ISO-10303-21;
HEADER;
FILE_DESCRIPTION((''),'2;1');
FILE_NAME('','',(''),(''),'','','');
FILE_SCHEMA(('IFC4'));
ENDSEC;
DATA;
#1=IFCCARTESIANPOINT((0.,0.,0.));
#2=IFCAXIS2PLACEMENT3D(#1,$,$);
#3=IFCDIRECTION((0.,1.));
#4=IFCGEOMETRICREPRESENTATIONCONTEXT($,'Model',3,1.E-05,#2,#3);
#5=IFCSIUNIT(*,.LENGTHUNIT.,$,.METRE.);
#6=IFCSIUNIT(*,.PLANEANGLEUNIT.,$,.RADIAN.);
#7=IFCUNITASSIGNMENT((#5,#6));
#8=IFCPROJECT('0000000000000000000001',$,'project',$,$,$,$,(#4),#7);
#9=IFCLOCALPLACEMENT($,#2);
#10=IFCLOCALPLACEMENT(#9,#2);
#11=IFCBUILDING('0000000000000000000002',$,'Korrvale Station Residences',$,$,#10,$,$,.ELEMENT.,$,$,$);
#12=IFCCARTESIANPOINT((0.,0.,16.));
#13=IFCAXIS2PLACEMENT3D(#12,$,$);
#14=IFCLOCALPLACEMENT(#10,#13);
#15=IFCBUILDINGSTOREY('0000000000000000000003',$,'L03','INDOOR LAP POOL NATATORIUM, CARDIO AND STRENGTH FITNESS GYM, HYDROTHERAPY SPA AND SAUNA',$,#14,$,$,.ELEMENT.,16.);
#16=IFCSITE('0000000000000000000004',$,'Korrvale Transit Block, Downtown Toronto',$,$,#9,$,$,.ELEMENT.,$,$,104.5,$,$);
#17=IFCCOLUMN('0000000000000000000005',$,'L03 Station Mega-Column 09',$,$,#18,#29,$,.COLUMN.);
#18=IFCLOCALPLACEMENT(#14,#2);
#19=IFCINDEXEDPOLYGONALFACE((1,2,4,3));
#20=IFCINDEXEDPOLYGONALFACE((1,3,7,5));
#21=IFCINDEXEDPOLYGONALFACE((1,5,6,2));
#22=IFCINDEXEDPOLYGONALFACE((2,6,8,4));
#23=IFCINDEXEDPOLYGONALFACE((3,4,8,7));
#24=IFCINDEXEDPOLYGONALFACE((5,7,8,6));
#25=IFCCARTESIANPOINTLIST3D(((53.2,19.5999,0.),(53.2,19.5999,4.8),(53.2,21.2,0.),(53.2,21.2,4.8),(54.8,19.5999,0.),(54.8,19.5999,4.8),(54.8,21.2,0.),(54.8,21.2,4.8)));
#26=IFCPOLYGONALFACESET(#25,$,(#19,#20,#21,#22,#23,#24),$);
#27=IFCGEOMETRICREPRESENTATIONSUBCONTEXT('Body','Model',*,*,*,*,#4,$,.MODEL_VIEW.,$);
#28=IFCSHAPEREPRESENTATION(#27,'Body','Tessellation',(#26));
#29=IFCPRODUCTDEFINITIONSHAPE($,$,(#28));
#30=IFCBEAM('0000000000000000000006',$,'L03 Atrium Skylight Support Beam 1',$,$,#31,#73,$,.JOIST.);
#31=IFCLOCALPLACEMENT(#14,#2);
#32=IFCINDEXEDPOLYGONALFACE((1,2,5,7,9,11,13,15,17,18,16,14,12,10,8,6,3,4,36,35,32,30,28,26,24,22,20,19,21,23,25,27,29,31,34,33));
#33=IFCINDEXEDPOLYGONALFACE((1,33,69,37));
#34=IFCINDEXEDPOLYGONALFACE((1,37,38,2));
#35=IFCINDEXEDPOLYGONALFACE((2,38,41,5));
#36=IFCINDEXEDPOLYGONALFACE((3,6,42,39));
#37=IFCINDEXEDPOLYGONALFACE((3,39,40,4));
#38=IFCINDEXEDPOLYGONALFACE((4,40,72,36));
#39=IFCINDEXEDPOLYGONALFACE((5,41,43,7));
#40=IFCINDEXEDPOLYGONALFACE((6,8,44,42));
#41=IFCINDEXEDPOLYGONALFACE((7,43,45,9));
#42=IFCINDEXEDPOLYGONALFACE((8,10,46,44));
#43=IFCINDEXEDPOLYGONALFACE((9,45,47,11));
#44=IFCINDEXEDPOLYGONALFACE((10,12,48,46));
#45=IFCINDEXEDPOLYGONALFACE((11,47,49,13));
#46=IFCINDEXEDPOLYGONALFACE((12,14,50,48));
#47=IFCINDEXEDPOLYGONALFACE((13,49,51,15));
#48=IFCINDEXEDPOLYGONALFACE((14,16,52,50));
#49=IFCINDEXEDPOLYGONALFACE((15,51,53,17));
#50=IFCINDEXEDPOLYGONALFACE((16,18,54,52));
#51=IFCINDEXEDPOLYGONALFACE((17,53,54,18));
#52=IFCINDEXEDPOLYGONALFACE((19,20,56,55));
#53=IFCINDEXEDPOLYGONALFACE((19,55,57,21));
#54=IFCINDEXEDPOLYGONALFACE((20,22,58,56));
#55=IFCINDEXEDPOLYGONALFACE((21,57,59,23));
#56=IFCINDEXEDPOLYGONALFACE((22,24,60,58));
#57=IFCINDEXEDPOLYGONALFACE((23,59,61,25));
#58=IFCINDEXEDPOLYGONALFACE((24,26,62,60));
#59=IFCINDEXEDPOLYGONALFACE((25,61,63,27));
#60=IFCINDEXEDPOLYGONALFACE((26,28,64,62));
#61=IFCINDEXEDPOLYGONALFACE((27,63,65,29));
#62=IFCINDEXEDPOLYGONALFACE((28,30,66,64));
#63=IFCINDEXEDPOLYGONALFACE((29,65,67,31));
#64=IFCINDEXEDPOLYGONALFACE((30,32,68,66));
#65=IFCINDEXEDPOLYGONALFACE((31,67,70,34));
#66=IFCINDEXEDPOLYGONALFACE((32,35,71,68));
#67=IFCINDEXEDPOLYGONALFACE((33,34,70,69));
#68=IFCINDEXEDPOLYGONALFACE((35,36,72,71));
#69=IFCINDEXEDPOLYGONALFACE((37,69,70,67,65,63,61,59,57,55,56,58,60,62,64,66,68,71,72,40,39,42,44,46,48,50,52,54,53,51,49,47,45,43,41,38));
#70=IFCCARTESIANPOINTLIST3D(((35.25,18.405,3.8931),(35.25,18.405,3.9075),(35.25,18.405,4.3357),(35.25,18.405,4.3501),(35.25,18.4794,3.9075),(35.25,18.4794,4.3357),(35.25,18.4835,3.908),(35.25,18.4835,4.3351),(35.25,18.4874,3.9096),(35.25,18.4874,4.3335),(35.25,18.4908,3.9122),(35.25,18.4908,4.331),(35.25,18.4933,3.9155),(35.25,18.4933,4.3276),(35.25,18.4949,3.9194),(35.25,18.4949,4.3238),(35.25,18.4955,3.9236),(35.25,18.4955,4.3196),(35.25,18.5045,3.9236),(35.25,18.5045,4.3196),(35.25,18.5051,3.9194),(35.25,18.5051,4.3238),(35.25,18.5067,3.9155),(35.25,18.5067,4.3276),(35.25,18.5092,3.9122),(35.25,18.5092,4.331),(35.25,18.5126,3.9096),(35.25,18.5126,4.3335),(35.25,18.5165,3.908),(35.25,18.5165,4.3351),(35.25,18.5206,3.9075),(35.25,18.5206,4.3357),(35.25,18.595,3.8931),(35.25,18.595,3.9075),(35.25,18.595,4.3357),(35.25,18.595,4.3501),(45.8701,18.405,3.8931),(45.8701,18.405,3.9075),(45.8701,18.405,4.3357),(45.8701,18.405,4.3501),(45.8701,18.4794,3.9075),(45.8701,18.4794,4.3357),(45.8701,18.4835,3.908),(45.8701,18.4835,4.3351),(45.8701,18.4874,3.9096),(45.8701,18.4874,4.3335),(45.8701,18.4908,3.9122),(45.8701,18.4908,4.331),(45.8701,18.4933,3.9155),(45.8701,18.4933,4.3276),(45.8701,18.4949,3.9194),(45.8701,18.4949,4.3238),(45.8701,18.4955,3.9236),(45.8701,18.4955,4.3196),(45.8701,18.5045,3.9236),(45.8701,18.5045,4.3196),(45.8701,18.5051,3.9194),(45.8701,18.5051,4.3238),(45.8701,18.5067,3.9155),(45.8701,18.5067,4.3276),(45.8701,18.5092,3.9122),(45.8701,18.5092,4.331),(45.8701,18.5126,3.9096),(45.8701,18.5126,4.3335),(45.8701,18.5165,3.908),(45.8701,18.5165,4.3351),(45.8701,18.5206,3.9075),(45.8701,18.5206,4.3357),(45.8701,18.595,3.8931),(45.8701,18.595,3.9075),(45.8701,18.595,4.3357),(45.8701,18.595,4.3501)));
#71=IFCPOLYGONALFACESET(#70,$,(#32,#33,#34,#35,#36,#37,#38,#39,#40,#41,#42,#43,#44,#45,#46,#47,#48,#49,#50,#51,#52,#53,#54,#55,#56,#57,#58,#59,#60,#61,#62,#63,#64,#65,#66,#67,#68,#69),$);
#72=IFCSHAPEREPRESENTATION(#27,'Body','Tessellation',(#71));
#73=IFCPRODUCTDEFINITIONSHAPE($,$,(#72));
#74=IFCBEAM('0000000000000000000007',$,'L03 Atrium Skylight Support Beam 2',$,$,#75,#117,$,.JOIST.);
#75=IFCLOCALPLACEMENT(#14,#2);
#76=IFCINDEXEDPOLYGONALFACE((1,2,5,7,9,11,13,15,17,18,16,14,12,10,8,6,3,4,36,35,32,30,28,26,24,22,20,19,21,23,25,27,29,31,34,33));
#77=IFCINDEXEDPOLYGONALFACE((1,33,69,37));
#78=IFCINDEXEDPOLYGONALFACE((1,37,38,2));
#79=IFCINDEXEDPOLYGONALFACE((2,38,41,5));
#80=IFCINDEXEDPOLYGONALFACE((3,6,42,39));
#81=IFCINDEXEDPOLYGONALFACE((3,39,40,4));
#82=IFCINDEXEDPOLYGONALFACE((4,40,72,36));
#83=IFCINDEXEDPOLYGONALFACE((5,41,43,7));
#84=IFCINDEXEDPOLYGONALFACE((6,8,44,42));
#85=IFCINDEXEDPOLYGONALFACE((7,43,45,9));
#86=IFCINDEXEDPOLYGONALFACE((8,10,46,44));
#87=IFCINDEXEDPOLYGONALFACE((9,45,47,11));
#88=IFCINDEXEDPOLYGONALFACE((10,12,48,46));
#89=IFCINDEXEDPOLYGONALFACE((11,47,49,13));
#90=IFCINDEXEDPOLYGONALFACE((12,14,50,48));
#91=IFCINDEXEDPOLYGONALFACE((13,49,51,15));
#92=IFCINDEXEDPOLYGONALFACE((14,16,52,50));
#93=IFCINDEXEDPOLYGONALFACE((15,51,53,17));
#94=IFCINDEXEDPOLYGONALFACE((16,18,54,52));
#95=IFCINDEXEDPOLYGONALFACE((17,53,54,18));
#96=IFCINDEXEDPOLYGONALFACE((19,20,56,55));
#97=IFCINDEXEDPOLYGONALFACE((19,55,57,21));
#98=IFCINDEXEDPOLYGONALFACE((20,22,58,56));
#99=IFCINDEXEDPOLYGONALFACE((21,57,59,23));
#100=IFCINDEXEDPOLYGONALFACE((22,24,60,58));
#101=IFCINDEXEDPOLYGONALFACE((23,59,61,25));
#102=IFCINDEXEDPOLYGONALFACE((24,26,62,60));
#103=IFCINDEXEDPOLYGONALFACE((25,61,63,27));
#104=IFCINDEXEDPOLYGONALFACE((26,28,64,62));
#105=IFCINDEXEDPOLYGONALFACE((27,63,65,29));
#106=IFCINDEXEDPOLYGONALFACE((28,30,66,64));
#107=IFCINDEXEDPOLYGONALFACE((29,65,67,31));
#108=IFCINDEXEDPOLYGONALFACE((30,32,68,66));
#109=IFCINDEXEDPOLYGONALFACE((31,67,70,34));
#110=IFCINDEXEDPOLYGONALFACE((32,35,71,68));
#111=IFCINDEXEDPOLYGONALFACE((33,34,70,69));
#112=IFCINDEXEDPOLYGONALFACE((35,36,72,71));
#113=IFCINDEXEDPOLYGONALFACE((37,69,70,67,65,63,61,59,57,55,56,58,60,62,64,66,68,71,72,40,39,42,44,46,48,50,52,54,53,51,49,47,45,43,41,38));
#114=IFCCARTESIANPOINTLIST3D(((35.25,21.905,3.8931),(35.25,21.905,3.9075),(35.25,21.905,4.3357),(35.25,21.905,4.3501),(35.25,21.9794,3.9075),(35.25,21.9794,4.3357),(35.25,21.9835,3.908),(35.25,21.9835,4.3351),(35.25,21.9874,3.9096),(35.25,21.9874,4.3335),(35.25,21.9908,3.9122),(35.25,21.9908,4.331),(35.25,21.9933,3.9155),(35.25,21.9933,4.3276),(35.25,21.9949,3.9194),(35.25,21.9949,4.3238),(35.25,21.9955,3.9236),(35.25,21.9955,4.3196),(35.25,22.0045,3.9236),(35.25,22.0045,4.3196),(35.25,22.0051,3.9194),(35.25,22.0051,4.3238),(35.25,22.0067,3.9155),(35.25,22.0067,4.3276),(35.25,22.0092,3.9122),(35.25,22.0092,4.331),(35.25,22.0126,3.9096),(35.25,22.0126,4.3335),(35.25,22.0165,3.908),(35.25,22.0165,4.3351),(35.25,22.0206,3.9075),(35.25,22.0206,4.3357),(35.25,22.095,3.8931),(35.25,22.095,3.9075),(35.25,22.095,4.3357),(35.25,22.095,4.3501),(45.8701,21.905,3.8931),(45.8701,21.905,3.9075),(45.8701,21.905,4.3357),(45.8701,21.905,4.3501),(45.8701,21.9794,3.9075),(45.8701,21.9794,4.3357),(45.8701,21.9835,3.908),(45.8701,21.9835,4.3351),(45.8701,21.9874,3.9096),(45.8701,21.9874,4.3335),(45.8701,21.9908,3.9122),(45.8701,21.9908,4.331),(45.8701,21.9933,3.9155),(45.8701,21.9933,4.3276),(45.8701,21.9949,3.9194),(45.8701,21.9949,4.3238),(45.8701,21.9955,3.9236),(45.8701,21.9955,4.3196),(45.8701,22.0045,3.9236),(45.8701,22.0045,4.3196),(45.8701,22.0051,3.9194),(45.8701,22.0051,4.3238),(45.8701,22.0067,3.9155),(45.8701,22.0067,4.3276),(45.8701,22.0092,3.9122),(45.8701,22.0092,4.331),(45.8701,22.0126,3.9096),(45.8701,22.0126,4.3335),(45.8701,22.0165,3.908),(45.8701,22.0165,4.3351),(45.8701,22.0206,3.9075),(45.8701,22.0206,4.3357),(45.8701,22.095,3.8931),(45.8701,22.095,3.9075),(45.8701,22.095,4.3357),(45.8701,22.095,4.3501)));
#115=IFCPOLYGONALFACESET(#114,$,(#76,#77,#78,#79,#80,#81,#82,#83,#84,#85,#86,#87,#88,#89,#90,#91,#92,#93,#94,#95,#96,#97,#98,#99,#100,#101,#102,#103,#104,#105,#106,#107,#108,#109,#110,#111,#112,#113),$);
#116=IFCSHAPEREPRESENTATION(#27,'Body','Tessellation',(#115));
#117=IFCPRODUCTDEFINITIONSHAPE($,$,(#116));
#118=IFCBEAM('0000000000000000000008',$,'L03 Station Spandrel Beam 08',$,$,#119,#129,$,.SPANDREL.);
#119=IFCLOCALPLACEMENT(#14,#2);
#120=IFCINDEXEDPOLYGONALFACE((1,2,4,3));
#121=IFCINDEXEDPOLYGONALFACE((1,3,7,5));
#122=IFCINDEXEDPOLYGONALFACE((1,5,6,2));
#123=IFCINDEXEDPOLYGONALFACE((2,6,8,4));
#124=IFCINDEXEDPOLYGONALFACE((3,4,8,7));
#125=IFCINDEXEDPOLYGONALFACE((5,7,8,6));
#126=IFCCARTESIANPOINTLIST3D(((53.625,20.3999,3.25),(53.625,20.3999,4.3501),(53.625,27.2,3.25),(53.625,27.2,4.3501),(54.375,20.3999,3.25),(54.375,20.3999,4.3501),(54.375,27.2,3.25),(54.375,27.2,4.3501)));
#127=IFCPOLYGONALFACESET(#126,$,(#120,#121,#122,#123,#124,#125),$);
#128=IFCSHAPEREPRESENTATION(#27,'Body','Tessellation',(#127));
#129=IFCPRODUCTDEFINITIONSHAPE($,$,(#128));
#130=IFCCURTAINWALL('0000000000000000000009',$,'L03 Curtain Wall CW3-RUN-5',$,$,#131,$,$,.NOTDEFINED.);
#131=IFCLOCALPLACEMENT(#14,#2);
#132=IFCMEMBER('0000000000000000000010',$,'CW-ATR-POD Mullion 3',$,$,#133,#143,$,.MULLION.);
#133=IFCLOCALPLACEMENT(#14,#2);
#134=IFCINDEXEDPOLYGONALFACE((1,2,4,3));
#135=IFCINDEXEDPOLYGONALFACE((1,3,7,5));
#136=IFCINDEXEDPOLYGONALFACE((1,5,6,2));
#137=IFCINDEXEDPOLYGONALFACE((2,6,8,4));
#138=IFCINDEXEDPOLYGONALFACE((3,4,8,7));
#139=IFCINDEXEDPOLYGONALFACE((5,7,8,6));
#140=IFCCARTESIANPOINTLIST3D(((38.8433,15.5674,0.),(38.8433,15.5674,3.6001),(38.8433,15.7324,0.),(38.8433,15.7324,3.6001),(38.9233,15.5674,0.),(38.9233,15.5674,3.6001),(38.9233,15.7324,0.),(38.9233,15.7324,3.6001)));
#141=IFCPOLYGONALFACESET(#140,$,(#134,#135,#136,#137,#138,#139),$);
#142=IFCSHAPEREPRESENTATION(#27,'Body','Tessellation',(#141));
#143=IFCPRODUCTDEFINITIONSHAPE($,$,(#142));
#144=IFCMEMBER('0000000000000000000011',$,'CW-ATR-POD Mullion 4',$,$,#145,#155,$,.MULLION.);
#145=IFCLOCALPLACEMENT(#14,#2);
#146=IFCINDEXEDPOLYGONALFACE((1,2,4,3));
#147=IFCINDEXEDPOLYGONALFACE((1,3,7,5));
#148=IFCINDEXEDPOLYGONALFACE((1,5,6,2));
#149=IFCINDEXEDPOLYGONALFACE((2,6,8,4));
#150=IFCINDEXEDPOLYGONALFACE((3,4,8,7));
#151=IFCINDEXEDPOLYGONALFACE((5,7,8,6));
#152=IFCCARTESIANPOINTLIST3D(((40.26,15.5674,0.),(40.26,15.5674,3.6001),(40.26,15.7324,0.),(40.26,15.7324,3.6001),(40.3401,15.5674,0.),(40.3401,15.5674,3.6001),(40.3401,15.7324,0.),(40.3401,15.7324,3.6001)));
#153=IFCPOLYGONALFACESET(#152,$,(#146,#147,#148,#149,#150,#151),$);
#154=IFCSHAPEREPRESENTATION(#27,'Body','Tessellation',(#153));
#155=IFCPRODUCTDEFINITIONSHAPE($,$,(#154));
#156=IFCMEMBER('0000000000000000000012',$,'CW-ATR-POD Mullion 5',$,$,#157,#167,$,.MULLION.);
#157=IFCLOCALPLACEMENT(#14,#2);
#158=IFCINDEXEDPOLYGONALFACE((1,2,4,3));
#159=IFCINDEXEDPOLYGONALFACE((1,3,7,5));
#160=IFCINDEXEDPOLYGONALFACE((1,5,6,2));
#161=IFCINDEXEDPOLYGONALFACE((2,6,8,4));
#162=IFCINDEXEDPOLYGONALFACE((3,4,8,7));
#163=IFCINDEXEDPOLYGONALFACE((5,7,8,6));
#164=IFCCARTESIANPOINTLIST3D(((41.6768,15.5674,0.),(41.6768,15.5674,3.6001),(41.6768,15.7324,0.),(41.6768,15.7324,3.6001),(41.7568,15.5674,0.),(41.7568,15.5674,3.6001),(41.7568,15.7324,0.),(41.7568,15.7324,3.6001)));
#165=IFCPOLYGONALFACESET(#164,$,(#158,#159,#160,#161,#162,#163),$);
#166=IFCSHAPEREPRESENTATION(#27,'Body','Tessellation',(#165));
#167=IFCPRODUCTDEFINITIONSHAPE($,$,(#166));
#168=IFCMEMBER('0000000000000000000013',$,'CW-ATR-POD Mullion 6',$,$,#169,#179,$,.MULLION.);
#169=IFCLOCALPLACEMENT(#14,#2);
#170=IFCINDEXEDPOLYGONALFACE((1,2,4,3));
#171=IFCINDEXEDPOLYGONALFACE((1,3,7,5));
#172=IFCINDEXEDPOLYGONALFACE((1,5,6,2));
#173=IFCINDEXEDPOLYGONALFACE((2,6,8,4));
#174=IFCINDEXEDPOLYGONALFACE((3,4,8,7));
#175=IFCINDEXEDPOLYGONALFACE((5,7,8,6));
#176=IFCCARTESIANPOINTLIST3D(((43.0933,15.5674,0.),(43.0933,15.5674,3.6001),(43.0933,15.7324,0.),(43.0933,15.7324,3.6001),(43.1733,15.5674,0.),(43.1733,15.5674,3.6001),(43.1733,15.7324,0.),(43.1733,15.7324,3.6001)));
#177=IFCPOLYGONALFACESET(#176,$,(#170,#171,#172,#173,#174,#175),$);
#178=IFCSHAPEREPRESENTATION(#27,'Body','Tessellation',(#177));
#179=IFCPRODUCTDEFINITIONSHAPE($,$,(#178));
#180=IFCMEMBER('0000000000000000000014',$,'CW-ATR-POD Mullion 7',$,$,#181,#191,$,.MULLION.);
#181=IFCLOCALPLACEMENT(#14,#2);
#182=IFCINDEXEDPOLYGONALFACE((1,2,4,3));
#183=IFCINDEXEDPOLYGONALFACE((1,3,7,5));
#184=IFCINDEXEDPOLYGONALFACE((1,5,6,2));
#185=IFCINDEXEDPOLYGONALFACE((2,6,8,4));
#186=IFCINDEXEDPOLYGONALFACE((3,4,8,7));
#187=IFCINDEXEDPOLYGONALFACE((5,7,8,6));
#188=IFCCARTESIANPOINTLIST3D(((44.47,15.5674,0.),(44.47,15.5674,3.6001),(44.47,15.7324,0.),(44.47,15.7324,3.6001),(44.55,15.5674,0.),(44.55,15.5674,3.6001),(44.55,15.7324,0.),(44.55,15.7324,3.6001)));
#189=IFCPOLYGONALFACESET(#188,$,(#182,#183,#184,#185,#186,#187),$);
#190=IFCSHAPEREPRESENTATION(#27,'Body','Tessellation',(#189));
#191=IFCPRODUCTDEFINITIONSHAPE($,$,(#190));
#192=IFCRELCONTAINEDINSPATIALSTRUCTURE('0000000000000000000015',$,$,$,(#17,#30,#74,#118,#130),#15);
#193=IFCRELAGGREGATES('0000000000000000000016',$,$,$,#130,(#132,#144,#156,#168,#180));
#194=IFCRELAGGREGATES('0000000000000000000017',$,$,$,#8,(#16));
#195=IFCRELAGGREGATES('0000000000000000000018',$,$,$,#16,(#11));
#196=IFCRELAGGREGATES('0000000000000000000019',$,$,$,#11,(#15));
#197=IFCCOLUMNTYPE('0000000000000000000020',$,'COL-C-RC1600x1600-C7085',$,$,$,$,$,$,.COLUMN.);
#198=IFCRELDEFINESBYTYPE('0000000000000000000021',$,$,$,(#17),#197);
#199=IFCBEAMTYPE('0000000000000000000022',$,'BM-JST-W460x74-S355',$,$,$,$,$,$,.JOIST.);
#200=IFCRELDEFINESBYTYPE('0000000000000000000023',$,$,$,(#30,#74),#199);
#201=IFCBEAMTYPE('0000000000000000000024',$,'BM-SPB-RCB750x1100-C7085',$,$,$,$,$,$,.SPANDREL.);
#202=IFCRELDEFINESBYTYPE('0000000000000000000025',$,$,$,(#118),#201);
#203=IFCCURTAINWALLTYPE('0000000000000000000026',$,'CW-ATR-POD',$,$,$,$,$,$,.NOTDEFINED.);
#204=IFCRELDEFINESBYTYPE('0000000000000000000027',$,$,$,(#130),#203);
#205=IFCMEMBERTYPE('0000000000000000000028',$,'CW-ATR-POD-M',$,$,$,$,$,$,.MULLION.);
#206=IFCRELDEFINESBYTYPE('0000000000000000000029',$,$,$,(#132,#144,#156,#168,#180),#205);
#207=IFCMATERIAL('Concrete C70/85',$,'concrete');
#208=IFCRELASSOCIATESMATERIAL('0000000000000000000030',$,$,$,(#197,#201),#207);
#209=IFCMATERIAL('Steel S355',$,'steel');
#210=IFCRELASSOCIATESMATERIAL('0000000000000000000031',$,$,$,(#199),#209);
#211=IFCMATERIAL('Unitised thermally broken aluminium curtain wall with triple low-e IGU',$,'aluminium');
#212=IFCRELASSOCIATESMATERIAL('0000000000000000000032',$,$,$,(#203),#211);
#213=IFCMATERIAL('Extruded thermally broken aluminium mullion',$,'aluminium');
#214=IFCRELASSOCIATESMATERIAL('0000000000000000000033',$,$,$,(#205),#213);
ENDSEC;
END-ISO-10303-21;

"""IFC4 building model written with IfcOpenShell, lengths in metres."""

from ifc_helpers import new_model, si_unit, direction, frame, origin, origin_2d, place, context, subcontext, project, spatial, rectangle, i_section, extrude, material, material_profile, profile_set, type_object, element, aggregate, save


model = new_model("IFC4")

# Units and contexts
model_context = context("Model", 3, precision=1e-05, world=origin(), true_north=direction((0.0, 1.0)))
body_context = subcontext(model_context, "Body", "Model", "MODEL_VIEW")
ifc_project = project(units=[si_unit("LENGTHUNIT", "METRE"), si_unit("PLANEANGLEUNIT", "RADIAN")], contexts=[model_context])

# Site, building, storey
site_placement = place(None, origin())
site = spatial("IfcSite", under=ifc_project, at=site_placement, Name="Korrvale Transit Block, Downtown Toronto", CompositionType="ELEMENT", RefElevation=104.5)
building_placement = place(site_placement, origin())
building = spatial("IfcBuilding", under=site, at=building_placement, Name="Korrvale Station Residences", CompositionType="ELEMENT")
storey_placement = place(building_placement, frame((0.0, 0.0, 16.0)))
storey = spatial("IfcBuildingStorey", under=building, at=storey_placement, Name="L03", Description="INDOOR LAP POOL NATATORIUM, CARDIO AND STRENGTH FITNESS GYM, HYDROTHERAPY SPA AND SAUNA", CompositionType="ELEMENT", Elevation=16.0)

# Column
ifc_material_1 = material(Name="Concrete C70/85", Category="concrete")
ifc_material_profile_1 = material_profile(ifc_material_1, rectangle(XDim=1.6001, YDim=1.6001, at=origin_2d()), Name="RC1600x1600")
ifc_profile_set_1 = profile_set([ifc_material_profile_1], Name="Concrete C70/85")
column_type = type_object("IfcColumnType", Name="COL-C-RC1600x1600-C7085", PredefinedType="COLUMN", material=ifc_profile_set_1)
column_placement = place(storey_placement, frame((54.0, 20.3999, 0.0), z_axis=(0.0, 0.0, 1.0), x_axis=(1.0, 0.0, 0.0)))
element("IfcColumn", 1, at=column_placement, inside=storey, type_object=column_type, Name="L03 Station Mega-Column 09", PredefinedType="COLUMN", context=body_context, shape_type="SweptSolid", body=[
    extrude(rectangle(XDim=1.6001, YDim=1.6001, at=origin_2d()), origin(), (0.0, 0.0, 1.0), 4.8),
])

# Beams
ifc_material_2 = material(Name="Steel S355", Category="steel")
ifc_material_profile_2 = material_profile(ifc_material_2, i_section(OverallWidth=0.1899, OverallDepth=0.457, WebThickness=0.009, FlangeThickness=0.0144, FilletRadius=0.0161, at=origin_2d()), Name="W460x74")
ifc_profile_set_2 = profile_set([ifc_material_profile_2], Name="Steel S355")
beam_type_1 = type_object("IfcBeamType", Name="BM-JST-W460x74-S355", PredefinedType="JOIST", material=ifc_profile_set_2)
for number, where, z_axis, x_axis, name in (
    (2, (35.25, 18.5, 4.1216), (1.0, 0.0, 0.0), (0.0, 1.0, 0.0), "L03 Atrium Skylight Support Beam 1"),
    (3, (35.25, 22.0, 4.1216), (1.0, 0.0, 0.0), (0.0, 1.0, 0.0), "L03 Atrium Skylight Support Beam 2"),
):
    element("IfcBeam", number, at=place(storey_placement, frame(where, z_axis=z_axis, x_axis=x_axis)), inside=storey, type_object=beam_type_1, Name=name, PredefinedType="JOIST", context=body_context, shape_type="SweptSolid", body=[
        extrude(i_section(OverallWidth=0.1899, OverallDepth=0.457, WebThickness=0.009, FlangeThickness=0.0144, FilletRadius=0.0161, at=origin_2d()), origin(), (0.0, 0.0, 1.0), 10.6201),
    ])
ifc_material_profile_3 = material_profile(ifc_material_1, rectangle(XDim=0.75, YDim=1.1001, at=origin_2d()), Name="RCB750x1100")
ifc_profile_set_3 = profile_set([ifc_material_profile_3], Name="Concrete C70/85")
beam_type_2 = type_object("IfcBeamType", Name="BM-SPB-RCB750x1100-C7085", PredefinedType="SPANDREL", material=ifc_profile_set_3)
beam_placement = place(storey_placement, frame((54.0, 20.3999, 3.8), z_axis=(0.0, 1.0, 0.0), x_axis=(-1.0, 0.0, 0.0)))
element("IfcBeam", 4, at=beam_placement, inside=storey, type_object=beam_type_2, Name="L03 Station Spandrel Beam 08", PredefinedType="SPANDREL", context=body_context, shape_type="SweptSolid", body=[
    extrude(rectangle(XDim=0.75, YDim=1.1001, at=origin_2d()), origin(), (0.0, 0.0, 1.0), 6.8),
])

# Curtain wall, members
ifc_material_3 = material(Name="Unitised thermally broken aluminium curtain wall with triple low-e IGU", Category="aluminium")
curtain_wall_type = type_object("IfcCurtainWallType", Name="CW-ATR-POD", PredefinedType="NOTDEFINED", material=ifc_material_3)
curtain_wall_placement = place(storey_placement, origin())
curtain_wall = element("IfcCurtainWall", 5, at=curtain_wall_placement, inside=storey, type_object=curtain_wall_type, Name="L03 Curtain Wall CW3-RUN-5", PredefinedType="NOTDEFINED")
ifc_material_4 = material(Name="Extruded thermally broken aluminium mullion", Category="aluminium")
member_type_1 = type_object("IfcMemberType", Name="CW-ATR-POD-M", PredefinedType="MULLION", material=ifc_material_4)
member_1_placement = place(storey_placement, frame((38.8833, 15.6499, 0.0), z_axis=(0.0, 0.0, 1.0), x_axis=(1.0, 0.0, 0.0)))
member_1 = element("IfcMember", 6, at=member_1_placement, type_object=member_type_1, Name="CW-ATR-POD Mullion 3", PredefinedType="MULLION", context=body_context, shape_type="SweptSolid", body=[
    extrude(rectangle(XDim=0.0801, YDim=0.165, at=origin_2d()), origin(), (0.0, 0.0, 1.0), 3.6001),
])
member_2_placement = place(storey_placement, frame((40.3, 15.6499, 0.0), z_axis=(0.0, 0.0, 1.0), x_axis=(1.0, 0.0, 0.0)))
member_2 = element("IfcMember", 7, at=member_2_placement, type_object=member_type_1, Name="CW-ATR-POD Mullion 4", PredefinedType="MULLION", context=body_context, shape_type="SweptSolid", body=[
    extrude(rectangle(XDim=0.0801, YDim=0.165, at=origin_2d()), origin(), (0.0, 0.0, 1.0), 3.6001),
])
member_3_placement = place(storey_placement, frame((41.7168, 15.6499, 0.0), z_axis=(0.0, 0.0, 1.0), x_axis=(1.0, 0.0, 0.0)))
member_3 = element("IfcMember", 8, at=member_3_placement, type_object=member_type_1, Name="CW-ATR-POD Mullion 5", PredefinedType="MULLION", context=body_context, shape_type="SweptSolid", body=[
    extrude(rectangle(XDim=0.0801, YDim=0.165, at=origin_2d()), origin(), (0.0, 0.0, 1.0), 3.6001),
])
member_4_placement = place(storey_placement, frame((43.1333, 15.6499, 0.0), z_axis=(0.0, 0.0, 1.0), x_axis=(1.0, 0.0, 0.0)))
member_4 = element("IfcMember", 9, at=member_4_placement, type_object=member_type_1, Name="CW-ATR-POD Mullion 6", PredefinedType="MULLION", context=body_context, shape_type="SweptSolid", body=[
    extrude(rectangle(XDim=0.0801, YDim=0.165, at=origin_2d()), origin(), (0.0, 0.0, 1.0), 3.6001),
])
member_5_placement = place(storey_placement, frame((44.51, 15.6499, 0.0), z_axis=(0.0, 0.0, 1.0), x_axis=(1.0, 0.0, 0.0)))
member_5 = element("IfcMember", 10, at=member_5_placement, type_object=member_type_1, Name="CW-ATR-POD Mullion 7", PredefinedType="MULLION", context=body_context, shape_type="SweptSolid", body=[
    extrude(rectangle(XDim=0.0801, YDim=0.165, at=origin_2d()), origin(), (0.0, 0.0, 1.0), 3.6001),
])

aggregate(curtain_wall, [member_1, member_2, member_3, member_4, member_5])

save(model, "model.ifc")
